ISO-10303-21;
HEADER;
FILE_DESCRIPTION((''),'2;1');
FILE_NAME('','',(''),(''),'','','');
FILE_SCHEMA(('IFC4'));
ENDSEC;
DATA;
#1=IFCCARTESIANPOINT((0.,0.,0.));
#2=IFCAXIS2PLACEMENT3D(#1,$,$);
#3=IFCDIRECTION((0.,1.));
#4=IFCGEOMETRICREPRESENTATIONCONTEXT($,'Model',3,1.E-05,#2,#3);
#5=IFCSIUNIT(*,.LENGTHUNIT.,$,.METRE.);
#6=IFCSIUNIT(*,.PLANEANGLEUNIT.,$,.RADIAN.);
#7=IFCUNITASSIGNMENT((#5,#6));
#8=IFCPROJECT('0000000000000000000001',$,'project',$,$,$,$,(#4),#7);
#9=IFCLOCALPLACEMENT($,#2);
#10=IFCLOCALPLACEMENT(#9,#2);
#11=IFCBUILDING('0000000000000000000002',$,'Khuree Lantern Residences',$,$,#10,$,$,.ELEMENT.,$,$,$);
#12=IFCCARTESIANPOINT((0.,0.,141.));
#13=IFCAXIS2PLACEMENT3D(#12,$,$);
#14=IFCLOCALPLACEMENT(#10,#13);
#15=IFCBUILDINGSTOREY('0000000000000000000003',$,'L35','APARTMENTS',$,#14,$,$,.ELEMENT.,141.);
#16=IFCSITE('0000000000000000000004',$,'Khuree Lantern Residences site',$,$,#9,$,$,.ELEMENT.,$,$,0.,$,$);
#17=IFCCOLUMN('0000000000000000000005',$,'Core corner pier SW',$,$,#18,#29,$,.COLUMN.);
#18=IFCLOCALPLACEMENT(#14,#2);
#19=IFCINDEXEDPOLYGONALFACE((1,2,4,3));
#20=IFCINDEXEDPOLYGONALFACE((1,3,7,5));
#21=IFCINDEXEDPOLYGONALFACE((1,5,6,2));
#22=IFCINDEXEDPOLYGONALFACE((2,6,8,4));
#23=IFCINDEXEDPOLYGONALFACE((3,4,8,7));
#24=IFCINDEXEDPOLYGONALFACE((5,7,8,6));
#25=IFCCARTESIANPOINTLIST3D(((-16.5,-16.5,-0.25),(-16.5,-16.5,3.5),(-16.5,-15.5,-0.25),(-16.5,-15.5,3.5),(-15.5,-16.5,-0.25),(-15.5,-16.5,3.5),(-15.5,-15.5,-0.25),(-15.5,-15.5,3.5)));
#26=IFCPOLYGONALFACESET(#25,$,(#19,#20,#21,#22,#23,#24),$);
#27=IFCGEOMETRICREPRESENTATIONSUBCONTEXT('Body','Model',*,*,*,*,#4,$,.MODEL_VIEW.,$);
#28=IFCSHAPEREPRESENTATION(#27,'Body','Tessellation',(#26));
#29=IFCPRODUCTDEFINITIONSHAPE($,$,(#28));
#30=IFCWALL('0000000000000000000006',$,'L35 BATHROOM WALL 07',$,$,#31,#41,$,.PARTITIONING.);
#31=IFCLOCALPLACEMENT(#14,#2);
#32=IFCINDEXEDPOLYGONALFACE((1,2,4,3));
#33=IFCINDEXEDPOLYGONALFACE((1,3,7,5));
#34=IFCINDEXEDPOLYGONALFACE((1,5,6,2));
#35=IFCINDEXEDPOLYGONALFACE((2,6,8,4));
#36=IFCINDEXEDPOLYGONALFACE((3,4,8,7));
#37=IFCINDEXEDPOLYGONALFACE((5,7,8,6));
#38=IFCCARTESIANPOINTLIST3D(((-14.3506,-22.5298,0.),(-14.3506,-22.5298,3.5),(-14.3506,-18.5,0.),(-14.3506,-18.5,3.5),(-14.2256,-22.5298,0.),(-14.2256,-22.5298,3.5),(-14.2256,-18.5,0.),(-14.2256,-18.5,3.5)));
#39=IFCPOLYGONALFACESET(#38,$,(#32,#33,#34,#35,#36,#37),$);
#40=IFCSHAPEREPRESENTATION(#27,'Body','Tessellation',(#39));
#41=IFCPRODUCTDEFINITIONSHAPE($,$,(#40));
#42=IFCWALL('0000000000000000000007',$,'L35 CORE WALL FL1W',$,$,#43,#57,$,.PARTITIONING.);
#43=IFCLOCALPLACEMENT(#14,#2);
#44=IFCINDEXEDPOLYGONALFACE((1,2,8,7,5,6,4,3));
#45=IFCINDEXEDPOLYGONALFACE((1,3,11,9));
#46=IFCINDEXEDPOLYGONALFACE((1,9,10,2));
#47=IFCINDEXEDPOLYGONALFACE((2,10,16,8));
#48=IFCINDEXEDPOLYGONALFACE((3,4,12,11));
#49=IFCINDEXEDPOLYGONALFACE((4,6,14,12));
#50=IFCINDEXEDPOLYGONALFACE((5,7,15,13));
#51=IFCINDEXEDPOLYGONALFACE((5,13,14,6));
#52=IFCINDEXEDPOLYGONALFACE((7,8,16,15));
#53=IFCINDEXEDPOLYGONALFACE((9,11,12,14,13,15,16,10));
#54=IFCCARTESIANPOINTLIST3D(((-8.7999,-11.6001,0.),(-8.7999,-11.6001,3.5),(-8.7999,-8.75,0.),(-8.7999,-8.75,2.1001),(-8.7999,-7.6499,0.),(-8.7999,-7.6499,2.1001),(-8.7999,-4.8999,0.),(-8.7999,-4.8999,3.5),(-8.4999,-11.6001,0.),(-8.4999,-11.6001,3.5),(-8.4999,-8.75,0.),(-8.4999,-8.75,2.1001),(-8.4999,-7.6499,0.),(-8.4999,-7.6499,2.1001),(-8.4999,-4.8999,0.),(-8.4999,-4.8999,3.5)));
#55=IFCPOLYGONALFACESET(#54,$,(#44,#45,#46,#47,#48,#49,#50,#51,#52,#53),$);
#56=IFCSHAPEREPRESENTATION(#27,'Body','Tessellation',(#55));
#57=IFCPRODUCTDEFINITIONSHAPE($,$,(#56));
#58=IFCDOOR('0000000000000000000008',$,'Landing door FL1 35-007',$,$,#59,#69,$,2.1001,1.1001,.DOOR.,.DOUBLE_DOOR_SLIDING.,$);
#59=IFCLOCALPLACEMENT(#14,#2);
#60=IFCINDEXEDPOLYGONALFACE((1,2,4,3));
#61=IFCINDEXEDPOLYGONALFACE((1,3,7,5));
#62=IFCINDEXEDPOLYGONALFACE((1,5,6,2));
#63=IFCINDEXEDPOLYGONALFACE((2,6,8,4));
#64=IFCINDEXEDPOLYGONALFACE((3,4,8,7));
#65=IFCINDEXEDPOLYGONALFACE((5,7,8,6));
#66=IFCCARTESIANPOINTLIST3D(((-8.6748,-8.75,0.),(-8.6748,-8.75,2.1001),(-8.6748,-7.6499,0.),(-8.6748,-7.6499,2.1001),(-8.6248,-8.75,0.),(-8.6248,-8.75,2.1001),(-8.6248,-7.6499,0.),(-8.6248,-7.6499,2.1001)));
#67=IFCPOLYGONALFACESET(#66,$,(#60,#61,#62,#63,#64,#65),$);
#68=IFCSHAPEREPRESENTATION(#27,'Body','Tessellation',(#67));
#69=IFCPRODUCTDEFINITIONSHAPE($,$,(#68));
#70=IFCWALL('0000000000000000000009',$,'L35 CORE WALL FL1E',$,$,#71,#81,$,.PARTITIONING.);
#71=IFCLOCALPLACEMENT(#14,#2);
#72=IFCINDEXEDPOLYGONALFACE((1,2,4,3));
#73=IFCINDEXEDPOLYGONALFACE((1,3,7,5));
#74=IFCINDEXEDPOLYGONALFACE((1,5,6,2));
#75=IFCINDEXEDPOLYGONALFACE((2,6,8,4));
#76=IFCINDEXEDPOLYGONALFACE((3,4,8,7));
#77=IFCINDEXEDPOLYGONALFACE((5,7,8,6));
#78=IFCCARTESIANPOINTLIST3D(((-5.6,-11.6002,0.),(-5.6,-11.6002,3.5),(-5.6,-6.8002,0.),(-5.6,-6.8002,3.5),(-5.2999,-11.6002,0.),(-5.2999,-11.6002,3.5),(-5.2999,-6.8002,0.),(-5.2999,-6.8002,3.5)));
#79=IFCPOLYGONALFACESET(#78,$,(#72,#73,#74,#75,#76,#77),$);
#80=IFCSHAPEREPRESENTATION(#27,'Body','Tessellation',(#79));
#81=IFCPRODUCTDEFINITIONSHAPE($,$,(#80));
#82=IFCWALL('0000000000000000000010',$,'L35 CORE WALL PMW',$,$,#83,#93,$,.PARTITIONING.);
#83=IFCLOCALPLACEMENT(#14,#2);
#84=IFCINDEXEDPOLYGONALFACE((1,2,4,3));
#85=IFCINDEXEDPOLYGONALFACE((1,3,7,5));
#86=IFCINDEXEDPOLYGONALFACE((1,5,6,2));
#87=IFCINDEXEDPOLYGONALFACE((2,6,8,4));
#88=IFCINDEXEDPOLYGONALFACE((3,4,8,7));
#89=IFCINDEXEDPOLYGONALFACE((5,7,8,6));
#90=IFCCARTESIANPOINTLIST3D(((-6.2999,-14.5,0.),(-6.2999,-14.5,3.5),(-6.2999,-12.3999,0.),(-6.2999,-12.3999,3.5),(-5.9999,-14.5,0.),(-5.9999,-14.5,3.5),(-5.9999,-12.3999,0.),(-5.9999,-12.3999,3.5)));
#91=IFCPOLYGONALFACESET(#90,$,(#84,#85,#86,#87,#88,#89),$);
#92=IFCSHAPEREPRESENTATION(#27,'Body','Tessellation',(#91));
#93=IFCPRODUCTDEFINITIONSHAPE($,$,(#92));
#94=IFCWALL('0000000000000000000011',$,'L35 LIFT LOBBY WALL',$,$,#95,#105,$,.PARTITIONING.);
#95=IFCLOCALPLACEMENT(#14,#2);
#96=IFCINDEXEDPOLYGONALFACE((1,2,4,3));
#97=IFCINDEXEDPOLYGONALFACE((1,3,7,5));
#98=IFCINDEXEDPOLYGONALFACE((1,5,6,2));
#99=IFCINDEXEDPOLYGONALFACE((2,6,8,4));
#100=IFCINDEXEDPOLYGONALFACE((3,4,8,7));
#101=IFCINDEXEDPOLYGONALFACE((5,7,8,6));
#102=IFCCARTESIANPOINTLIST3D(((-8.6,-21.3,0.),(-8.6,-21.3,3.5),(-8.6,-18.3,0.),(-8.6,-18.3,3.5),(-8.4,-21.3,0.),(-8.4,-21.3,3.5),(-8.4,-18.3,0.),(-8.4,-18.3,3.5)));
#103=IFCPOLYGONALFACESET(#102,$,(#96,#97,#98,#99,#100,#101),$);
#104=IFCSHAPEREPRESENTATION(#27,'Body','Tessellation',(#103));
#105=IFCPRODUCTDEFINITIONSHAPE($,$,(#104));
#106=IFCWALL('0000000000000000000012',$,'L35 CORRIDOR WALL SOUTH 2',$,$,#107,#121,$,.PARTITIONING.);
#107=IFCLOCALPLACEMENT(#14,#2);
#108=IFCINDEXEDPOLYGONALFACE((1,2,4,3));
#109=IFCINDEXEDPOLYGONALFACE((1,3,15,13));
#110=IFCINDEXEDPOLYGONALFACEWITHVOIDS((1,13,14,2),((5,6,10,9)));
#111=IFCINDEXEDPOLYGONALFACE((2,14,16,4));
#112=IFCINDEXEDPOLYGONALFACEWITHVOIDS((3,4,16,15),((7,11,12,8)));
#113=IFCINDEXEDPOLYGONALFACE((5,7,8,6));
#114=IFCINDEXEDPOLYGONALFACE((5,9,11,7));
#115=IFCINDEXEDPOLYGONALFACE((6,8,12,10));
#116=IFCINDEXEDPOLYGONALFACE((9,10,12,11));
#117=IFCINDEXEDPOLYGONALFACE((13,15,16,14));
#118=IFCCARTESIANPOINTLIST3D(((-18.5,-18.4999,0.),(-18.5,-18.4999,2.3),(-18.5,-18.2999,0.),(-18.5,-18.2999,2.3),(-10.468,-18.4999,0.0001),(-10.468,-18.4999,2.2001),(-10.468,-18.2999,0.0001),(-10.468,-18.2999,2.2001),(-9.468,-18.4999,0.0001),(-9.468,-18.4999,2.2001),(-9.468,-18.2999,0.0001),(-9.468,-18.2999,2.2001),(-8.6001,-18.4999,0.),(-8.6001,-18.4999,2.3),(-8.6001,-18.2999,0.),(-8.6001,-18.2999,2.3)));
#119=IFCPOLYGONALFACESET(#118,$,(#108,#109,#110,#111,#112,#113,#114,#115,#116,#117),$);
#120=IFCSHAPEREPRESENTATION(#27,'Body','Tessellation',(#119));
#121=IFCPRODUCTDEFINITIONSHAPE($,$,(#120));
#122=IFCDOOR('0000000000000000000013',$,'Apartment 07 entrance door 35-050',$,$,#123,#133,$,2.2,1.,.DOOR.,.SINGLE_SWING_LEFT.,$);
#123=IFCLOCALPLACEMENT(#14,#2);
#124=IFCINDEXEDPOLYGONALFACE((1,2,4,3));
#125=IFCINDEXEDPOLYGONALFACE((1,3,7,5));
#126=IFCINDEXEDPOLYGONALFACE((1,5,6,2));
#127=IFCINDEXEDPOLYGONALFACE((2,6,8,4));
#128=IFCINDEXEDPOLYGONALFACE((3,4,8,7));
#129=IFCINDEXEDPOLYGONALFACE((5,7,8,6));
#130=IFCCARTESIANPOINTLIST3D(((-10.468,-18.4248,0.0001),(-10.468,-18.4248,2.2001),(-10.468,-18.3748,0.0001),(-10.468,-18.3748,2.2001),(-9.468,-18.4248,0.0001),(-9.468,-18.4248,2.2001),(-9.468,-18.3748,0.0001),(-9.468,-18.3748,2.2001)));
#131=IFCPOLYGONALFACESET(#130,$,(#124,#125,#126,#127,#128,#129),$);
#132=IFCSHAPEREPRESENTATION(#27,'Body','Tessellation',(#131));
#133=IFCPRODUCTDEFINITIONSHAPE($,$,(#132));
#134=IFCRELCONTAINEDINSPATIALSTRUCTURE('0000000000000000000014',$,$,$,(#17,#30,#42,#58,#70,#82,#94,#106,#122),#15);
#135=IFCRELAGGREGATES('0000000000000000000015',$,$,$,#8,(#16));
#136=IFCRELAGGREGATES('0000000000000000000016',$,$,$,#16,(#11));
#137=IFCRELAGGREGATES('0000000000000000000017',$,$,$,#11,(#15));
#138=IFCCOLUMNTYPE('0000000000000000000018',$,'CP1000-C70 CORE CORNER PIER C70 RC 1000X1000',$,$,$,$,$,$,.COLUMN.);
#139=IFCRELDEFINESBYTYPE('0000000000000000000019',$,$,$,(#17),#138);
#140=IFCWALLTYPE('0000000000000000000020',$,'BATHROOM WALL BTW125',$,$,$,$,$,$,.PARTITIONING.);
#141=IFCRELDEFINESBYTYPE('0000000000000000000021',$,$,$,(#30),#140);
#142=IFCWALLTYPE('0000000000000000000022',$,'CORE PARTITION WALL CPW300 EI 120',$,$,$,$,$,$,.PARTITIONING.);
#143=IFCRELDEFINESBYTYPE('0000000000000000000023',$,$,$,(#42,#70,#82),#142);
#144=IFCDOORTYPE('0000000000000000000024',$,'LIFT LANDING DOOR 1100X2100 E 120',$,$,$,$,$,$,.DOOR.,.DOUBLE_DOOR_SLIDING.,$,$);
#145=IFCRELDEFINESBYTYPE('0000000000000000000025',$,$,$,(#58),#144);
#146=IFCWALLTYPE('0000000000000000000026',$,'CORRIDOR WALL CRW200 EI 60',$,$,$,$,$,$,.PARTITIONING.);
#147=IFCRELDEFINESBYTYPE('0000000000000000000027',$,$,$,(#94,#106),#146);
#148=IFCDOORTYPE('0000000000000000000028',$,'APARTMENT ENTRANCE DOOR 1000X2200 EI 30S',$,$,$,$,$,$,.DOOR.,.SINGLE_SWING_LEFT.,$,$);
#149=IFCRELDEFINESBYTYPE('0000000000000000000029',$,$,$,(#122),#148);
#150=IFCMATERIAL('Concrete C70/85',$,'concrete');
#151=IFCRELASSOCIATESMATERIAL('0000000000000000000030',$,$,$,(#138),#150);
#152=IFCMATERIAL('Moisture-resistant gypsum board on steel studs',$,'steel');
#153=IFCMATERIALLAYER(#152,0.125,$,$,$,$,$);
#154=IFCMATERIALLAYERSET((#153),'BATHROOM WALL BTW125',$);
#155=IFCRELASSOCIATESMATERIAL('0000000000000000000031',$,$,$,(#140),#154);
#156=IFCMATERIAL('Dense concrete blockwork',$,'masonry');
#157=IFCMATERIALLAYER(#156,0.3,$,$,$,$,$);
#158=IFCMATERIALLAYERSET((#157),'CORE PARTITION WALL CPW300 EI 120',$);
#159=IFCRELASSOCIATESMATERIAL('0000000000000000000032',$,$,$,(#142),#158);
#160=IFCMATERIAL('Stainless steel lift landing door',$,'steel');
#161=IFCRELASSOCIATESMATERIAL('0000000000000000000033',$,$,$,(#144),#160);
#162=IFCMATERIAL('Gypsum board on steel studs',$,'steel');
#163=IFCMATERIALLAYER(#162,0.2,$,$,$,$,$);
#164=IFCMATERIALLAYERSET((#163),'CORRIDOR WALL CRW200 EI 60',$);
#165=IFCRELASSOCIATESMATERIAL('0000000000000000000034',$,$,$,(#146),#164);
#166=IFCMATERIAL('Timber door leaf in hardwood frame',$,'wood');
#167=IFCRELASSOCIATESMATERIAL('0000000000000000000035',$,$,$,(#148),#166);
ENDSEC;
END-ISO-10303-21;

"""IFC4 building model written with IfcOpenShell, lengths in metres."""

from ifc_helpers import new_model, si_unit, direction, frame, frame_2d, origin, origin_2d, place, context, subcontext, project, spatial, rectangle, extrude, material, layer, layer_set, material_profile, profile_set, type_object, element, fill, save


model = new_model("IFC4")

# Units and contexts
model_context = context("Model", 3, precision=1e-05, world=origin(), true_north=direction((0.0, 1.0)))
body_context = subcontext(model_context, "Body", "Model", "MODEL_VIEW")
ifc_project = project(units=[si_unit("LENGTHUNIT", "METRE"), si_unit("PLANEANGLEUNIT", "RADIAN")], contexts=[model_context])

# Site, building, storey
site_placement = place(None, origin())
site = spatial("IfcSite", under=ifc_project, at=site_placement, Name="Khuree Lantern Residences site", CompositionType="ELEMENT", RefElevation=0.0)
building_placement = place(site_placement, origin())
building = spatial("IfcBuilding", under=site, at=building_placement, Name="Khuree Lantern Residences", CompositionType="ELEMENT")
storey_placement = place(building_placement, frame((0.0, 0.0, 141.0)))
storey = spatial("IfcBuildingStorey", under=building, at=storey_placement, Name="L35", Description="APARTMENTS", CompositionType="ELEMENT", Elevation=141.0)

# Column
ifc_material_1 = material(Name="Concrete C70/85", Category="concrete")
ifc_material_profile = material_profile(ifc_material_1, rectangle(XDim=1.0, YDim=1.0, at=origin_2d()), Name="RC 1000X1000")
ifc_profile_set = profile_set([ifc_material_profile], Name="Concrete C70/85")
column_type = type_object("IfcColumnType", Name="CP1000-C70 CORE CORNER PIER C70 RC 1000X1000", PredefinedType="COLUMN", material=ifc_profile_set)
column_placement = place(storey_placement, frame((-16.0, -16.0, -0.25), z_axis=(0.0, 0.0, 1.0), x_axis=(1.0, 0.0, 0.0)))
element("IfcColumn", 1, at=column_placement, inside=storey, type_object=column_type, Name="Core corner pier SW", PredefinedType="COLUMN", context=body_context, shape_type="SweptSolid", body=[
    extrude(rectangle(XDim=1.0, YDim=1.0, at=origin_2d()), origin(), (0.0, 0.0, 1.0), 3.75),
])

# Wall
ifc_material_2 = material(Name="Moisture-resistant gypsum board on steel studs", Category="steel")
ifc_layer_1 = layer(ifc_material_2, 0.125)
ifc_layer_set_1 = layer_set([ifc_layer_1], Name="BATHROOM WALL BTW125")
wall_type_1 = type_object("IfcWallType", Name="BATHROOM WALL BTW125", PredefinedType="PARTITIONING", material=ifc_layer_set_1)
wall_1_placement = place(storey_placement, frame((-14.2881, -18.5, 0.0), z_axis=(0.0, 0.0, 1.0), x_axis=(0.0, -1.0, 0.0)))
element("IfcWall", 2, at=wall_1_placement, inside=storey, type_object=wall_type_1, Name="L35 BATHROOM WALL 07", PredefinedType="PARTITIONING", context=body_context, shape_type="SweptSolid", body=[
    extrude(rectangle(XDim=4.0298, YDim=0.125, at=frame_2d((2.0149, 0.0))), origin(), (0.0, 0.0, 1.0), 3.5),
])

# Wall, opening, door
ifc_material_3 = material(Name="Dense concrete blockwork", Category="masonry")
ifc_layer_2 = layer(ifc_material_3, 0.3)
ifc_layer_set_2 = layer_set([ifc_layer_2], Name="CORE PARTITION WALL CPW300 EI 120")
wall_type_2 = type_object("IfcWallType", Name="CORE PARTITION WALL CPW300 EI 120", PredefinedType="PARTITIONING", material=ifc_layer_set_2)
wall_2_placement = place(storey_placement, frame((-8.6499, -11.6001, 0.0), z_axis=(0.0, 0.0, 1.0), x_axis=(0.0, 1.0, 0.0)))
wall_2 = element("IfcWall", 3, at=wall_2_placement, inside=storey, type_object=wall_type_2, Name="L35 CORE WALL FL1W", PredefinedType="PARTITIONING", context=body_context, shape_type="SweptSolid", body=[
    extrude(rectangle(XDim=6.7002, YDim=0.3, at=frame_2d((3.3501, 0.0))), origin(), (0.0, 0.0, 1.0), 3.5),
])
opening_1_placement = place(wall_2_placement, frame((2.8501, 0.0, 0.0)))
opening_1 = element("IfcOpeningElement", 4, at=opening_1_placement, cuts=wall_2, PredefinedType="OPENING", context=body_context, shape_type="SweptSolid", body=[
    extrude(rectangle(XDim=1.1001, YDim=2.1001, at=frame_2d((0.55, 1.05))), frame((0.0, 0.1602, 0.0), z_axis=(0.0, -1.0, 0.0), x_axis=(1.0, 0.0, 0.0)), (0.0, 0.0, 1.0), 0.3201),
])
ifc_material_4 = material(Name="Stainless steel lift landing door", Category="steel")
door_type_1 = type_object("IfcDoorType", Name="LIFT LANDING DOOR 1100X2100 E 120", OperationType="DOUBLE_DOOR_SLIDING", PredefinedType="DOOR", material=ifc_material_4)
door_1_placement = place(opening_1_placement, origin())
door_1 = element("IfcDoor", 5, at=door_1_placement, inside=storey, type_object=door_type_1, Name="Landing door FL1 35-007", OperationType="DOUBLE_DOOR_SLIDING", OverallHeight=2.1001, OverallWidth=1.1001, PredefinedType="DOOR", context=body_context, shape_type="SweptSolid", body=[
    extrude(rectangle(XDim=1.1001, YDim=2.1001, at=frame_2d((0.55, 1.05))), frame((0.0, 0.0249, 0.0), z_axis=(0.0, -1.0, 0.0), x_axis=(1.0, 0.0, 0.0)), (0.0, 0.0, 1.0), 0.05),
])
fill(opening_1, door_1)

# Walls
wall_3_placement = place(storey_placement, frame((-5.45, -11.6001, 0.0), z_axis=(0.0, 0.0, 1.0), x_axis=(0.0, 1.0, 0.0)))
element("IfcWall", 6, at=wall_3_placement, inside=storey, type_object=wall_type_2, Name="L35 CORE WALL FL1E", PredefinedType="PARTITIONING", context=body_context, shape_type="SweptSolid", body=[
    extrude(rectangle(XDim=4.8, YDim=0.3, at=frame_2d((2.3999, 0.0))), origin(), (0.0, 0.0, 1.0), 3.5),
])
wall_4_placement = place(storey_placement, frame((-6.1499, -14.5, 0.0), z_axis=(0.0, 0.0, 1.0), x_axis=(0.0, 1.0, 0.0)))
element("IfcWall", 7, at=wall_4_placement, inside=storey, type_object=wall_type_2, Name="L35 CORE WALL PMW", PredefinedType="PARTITIONING", context=body_context, shape_type="SweptSolid", body=[
    extrude(rectangle(XDim=2.1001, YDim=0.3, at=frame_2d((1.05, 0.0))), origin(), (0.0, 0.0, 1.0), 3.5),
])
ifc_material_5 = material(Name="Gypsum board on steel studs", Category="steel")
ifc_layer_3 = layer(ifc_material_5, 0.2)
ifc_layer_set_3 = layer_set([ifc_layer_3], Name="CORRIDOR WALL CRW200 EI 60")
wall_type_3 = type_object("IfcWallType", Name="CORRIDOR WALL CRW200 EI 60", PredefinedType="PARTITIONING", material=ifc_layer_set_3)
wall_5_placement = place(storey_placement, frame((-8.5, -18.3, 0.0), z_axis=(0.0, 0.0, 1.0), x_axis=(0.0, -1.0, 0.0)))
element("IfcWall", 8, at=wall_5_placement, inside=storey, type_object=wall_type_3, Name="L35 LIFT LOBBY WALL", PredefinedType="PARTITIONING", context=body_context, shape_type="SweptSolid", body=[
    extrude(rectangle(XDim=3.0, YDim=0.2, at=frame_2d((1.5, 0.0))), origin(), (0.0, 0.0, 1.0), 3.5),
])

# Wall, opening, door
wall_6_placement = place(storey_placement, frame((-8.6001, -18.3999, 0.0), z_axis=(0.0, 0.0, 1.0), x_axis=(-1.0, 0.0, 0.0)))
wall_6 = element("IfcWall", 9, at=wall_6_placement, inside=storey, type_object=wall_type_3, Name="L35 CORRIDOR WALL SOUTH 2", PredefinedType="PARTITIONING", context=body_context, shape_type="SweptSolid", body=[
    extrude(rectangle(XDim=9.8999, YDim=0.2, at=frame_2d((4.95, 0.0))), origin(), (0.0, 0.0, 1.0), 2.3),
])
opening_2_placement = place(wall_6_placement, frame((0.8679, 0.0, 0.0)))
opening_2 = element("IfcOpeningElement", 10, at=opening_2_placement, cuts=wall_6, PredefinedType="OPENING", context=body_context, shape_type="SweptSolid", body=[
    extrude(rectangle(XDim=1.0, YDim=2.2, at=frame_2d((0.5, 1.1001))), frame((0.0, 0.1099, 0.0), z_axis=(0.0, -1.0, 0.0), x_axis=(1.0, 0.0, 0.0)), (0.0, 0.0, 1.0), 0.22),
])
ifc_material_6 = material(Name="Timber door leaf in hardwood frame", Category="wood")
door_type_2 = type_object("IfcDoorType", Name="APARTMENT ENTRANCE DOOR 1000X2200 EI 30S", OperationType="SINGLE_SWING_LEFT", PredefinedType="DOOR", material=ifc_material_6)
door_2_placement = place(opening_2_placement, origin())
door_2 = element("IfcDoor", 11, at=door_2_placement, inside=storey, type_object=door_type_2, Name="Apartment 07 entrance door 35-050", OperationType="SINGLE_SWING_LEFT", OverallHeight=2.2, OverallWidth=1.0, PredefinedType="DOOR", context=body_context, shape_type="SweptSolid", body=[
    extrude(rectangle(XDim=1.0, YDim=2.2, at=frame_2d((0.5, 1.1001))), frame((0.0, 0.0249, 0.0), z_axis=(0.0, -1.0, 0.0), x_axis=(1.0, 0.0, 0.0)), (0.0, 0.0, 1.0), 0.05),
])
fill(opening_2, door_2)

save(model, "model.ifc")
